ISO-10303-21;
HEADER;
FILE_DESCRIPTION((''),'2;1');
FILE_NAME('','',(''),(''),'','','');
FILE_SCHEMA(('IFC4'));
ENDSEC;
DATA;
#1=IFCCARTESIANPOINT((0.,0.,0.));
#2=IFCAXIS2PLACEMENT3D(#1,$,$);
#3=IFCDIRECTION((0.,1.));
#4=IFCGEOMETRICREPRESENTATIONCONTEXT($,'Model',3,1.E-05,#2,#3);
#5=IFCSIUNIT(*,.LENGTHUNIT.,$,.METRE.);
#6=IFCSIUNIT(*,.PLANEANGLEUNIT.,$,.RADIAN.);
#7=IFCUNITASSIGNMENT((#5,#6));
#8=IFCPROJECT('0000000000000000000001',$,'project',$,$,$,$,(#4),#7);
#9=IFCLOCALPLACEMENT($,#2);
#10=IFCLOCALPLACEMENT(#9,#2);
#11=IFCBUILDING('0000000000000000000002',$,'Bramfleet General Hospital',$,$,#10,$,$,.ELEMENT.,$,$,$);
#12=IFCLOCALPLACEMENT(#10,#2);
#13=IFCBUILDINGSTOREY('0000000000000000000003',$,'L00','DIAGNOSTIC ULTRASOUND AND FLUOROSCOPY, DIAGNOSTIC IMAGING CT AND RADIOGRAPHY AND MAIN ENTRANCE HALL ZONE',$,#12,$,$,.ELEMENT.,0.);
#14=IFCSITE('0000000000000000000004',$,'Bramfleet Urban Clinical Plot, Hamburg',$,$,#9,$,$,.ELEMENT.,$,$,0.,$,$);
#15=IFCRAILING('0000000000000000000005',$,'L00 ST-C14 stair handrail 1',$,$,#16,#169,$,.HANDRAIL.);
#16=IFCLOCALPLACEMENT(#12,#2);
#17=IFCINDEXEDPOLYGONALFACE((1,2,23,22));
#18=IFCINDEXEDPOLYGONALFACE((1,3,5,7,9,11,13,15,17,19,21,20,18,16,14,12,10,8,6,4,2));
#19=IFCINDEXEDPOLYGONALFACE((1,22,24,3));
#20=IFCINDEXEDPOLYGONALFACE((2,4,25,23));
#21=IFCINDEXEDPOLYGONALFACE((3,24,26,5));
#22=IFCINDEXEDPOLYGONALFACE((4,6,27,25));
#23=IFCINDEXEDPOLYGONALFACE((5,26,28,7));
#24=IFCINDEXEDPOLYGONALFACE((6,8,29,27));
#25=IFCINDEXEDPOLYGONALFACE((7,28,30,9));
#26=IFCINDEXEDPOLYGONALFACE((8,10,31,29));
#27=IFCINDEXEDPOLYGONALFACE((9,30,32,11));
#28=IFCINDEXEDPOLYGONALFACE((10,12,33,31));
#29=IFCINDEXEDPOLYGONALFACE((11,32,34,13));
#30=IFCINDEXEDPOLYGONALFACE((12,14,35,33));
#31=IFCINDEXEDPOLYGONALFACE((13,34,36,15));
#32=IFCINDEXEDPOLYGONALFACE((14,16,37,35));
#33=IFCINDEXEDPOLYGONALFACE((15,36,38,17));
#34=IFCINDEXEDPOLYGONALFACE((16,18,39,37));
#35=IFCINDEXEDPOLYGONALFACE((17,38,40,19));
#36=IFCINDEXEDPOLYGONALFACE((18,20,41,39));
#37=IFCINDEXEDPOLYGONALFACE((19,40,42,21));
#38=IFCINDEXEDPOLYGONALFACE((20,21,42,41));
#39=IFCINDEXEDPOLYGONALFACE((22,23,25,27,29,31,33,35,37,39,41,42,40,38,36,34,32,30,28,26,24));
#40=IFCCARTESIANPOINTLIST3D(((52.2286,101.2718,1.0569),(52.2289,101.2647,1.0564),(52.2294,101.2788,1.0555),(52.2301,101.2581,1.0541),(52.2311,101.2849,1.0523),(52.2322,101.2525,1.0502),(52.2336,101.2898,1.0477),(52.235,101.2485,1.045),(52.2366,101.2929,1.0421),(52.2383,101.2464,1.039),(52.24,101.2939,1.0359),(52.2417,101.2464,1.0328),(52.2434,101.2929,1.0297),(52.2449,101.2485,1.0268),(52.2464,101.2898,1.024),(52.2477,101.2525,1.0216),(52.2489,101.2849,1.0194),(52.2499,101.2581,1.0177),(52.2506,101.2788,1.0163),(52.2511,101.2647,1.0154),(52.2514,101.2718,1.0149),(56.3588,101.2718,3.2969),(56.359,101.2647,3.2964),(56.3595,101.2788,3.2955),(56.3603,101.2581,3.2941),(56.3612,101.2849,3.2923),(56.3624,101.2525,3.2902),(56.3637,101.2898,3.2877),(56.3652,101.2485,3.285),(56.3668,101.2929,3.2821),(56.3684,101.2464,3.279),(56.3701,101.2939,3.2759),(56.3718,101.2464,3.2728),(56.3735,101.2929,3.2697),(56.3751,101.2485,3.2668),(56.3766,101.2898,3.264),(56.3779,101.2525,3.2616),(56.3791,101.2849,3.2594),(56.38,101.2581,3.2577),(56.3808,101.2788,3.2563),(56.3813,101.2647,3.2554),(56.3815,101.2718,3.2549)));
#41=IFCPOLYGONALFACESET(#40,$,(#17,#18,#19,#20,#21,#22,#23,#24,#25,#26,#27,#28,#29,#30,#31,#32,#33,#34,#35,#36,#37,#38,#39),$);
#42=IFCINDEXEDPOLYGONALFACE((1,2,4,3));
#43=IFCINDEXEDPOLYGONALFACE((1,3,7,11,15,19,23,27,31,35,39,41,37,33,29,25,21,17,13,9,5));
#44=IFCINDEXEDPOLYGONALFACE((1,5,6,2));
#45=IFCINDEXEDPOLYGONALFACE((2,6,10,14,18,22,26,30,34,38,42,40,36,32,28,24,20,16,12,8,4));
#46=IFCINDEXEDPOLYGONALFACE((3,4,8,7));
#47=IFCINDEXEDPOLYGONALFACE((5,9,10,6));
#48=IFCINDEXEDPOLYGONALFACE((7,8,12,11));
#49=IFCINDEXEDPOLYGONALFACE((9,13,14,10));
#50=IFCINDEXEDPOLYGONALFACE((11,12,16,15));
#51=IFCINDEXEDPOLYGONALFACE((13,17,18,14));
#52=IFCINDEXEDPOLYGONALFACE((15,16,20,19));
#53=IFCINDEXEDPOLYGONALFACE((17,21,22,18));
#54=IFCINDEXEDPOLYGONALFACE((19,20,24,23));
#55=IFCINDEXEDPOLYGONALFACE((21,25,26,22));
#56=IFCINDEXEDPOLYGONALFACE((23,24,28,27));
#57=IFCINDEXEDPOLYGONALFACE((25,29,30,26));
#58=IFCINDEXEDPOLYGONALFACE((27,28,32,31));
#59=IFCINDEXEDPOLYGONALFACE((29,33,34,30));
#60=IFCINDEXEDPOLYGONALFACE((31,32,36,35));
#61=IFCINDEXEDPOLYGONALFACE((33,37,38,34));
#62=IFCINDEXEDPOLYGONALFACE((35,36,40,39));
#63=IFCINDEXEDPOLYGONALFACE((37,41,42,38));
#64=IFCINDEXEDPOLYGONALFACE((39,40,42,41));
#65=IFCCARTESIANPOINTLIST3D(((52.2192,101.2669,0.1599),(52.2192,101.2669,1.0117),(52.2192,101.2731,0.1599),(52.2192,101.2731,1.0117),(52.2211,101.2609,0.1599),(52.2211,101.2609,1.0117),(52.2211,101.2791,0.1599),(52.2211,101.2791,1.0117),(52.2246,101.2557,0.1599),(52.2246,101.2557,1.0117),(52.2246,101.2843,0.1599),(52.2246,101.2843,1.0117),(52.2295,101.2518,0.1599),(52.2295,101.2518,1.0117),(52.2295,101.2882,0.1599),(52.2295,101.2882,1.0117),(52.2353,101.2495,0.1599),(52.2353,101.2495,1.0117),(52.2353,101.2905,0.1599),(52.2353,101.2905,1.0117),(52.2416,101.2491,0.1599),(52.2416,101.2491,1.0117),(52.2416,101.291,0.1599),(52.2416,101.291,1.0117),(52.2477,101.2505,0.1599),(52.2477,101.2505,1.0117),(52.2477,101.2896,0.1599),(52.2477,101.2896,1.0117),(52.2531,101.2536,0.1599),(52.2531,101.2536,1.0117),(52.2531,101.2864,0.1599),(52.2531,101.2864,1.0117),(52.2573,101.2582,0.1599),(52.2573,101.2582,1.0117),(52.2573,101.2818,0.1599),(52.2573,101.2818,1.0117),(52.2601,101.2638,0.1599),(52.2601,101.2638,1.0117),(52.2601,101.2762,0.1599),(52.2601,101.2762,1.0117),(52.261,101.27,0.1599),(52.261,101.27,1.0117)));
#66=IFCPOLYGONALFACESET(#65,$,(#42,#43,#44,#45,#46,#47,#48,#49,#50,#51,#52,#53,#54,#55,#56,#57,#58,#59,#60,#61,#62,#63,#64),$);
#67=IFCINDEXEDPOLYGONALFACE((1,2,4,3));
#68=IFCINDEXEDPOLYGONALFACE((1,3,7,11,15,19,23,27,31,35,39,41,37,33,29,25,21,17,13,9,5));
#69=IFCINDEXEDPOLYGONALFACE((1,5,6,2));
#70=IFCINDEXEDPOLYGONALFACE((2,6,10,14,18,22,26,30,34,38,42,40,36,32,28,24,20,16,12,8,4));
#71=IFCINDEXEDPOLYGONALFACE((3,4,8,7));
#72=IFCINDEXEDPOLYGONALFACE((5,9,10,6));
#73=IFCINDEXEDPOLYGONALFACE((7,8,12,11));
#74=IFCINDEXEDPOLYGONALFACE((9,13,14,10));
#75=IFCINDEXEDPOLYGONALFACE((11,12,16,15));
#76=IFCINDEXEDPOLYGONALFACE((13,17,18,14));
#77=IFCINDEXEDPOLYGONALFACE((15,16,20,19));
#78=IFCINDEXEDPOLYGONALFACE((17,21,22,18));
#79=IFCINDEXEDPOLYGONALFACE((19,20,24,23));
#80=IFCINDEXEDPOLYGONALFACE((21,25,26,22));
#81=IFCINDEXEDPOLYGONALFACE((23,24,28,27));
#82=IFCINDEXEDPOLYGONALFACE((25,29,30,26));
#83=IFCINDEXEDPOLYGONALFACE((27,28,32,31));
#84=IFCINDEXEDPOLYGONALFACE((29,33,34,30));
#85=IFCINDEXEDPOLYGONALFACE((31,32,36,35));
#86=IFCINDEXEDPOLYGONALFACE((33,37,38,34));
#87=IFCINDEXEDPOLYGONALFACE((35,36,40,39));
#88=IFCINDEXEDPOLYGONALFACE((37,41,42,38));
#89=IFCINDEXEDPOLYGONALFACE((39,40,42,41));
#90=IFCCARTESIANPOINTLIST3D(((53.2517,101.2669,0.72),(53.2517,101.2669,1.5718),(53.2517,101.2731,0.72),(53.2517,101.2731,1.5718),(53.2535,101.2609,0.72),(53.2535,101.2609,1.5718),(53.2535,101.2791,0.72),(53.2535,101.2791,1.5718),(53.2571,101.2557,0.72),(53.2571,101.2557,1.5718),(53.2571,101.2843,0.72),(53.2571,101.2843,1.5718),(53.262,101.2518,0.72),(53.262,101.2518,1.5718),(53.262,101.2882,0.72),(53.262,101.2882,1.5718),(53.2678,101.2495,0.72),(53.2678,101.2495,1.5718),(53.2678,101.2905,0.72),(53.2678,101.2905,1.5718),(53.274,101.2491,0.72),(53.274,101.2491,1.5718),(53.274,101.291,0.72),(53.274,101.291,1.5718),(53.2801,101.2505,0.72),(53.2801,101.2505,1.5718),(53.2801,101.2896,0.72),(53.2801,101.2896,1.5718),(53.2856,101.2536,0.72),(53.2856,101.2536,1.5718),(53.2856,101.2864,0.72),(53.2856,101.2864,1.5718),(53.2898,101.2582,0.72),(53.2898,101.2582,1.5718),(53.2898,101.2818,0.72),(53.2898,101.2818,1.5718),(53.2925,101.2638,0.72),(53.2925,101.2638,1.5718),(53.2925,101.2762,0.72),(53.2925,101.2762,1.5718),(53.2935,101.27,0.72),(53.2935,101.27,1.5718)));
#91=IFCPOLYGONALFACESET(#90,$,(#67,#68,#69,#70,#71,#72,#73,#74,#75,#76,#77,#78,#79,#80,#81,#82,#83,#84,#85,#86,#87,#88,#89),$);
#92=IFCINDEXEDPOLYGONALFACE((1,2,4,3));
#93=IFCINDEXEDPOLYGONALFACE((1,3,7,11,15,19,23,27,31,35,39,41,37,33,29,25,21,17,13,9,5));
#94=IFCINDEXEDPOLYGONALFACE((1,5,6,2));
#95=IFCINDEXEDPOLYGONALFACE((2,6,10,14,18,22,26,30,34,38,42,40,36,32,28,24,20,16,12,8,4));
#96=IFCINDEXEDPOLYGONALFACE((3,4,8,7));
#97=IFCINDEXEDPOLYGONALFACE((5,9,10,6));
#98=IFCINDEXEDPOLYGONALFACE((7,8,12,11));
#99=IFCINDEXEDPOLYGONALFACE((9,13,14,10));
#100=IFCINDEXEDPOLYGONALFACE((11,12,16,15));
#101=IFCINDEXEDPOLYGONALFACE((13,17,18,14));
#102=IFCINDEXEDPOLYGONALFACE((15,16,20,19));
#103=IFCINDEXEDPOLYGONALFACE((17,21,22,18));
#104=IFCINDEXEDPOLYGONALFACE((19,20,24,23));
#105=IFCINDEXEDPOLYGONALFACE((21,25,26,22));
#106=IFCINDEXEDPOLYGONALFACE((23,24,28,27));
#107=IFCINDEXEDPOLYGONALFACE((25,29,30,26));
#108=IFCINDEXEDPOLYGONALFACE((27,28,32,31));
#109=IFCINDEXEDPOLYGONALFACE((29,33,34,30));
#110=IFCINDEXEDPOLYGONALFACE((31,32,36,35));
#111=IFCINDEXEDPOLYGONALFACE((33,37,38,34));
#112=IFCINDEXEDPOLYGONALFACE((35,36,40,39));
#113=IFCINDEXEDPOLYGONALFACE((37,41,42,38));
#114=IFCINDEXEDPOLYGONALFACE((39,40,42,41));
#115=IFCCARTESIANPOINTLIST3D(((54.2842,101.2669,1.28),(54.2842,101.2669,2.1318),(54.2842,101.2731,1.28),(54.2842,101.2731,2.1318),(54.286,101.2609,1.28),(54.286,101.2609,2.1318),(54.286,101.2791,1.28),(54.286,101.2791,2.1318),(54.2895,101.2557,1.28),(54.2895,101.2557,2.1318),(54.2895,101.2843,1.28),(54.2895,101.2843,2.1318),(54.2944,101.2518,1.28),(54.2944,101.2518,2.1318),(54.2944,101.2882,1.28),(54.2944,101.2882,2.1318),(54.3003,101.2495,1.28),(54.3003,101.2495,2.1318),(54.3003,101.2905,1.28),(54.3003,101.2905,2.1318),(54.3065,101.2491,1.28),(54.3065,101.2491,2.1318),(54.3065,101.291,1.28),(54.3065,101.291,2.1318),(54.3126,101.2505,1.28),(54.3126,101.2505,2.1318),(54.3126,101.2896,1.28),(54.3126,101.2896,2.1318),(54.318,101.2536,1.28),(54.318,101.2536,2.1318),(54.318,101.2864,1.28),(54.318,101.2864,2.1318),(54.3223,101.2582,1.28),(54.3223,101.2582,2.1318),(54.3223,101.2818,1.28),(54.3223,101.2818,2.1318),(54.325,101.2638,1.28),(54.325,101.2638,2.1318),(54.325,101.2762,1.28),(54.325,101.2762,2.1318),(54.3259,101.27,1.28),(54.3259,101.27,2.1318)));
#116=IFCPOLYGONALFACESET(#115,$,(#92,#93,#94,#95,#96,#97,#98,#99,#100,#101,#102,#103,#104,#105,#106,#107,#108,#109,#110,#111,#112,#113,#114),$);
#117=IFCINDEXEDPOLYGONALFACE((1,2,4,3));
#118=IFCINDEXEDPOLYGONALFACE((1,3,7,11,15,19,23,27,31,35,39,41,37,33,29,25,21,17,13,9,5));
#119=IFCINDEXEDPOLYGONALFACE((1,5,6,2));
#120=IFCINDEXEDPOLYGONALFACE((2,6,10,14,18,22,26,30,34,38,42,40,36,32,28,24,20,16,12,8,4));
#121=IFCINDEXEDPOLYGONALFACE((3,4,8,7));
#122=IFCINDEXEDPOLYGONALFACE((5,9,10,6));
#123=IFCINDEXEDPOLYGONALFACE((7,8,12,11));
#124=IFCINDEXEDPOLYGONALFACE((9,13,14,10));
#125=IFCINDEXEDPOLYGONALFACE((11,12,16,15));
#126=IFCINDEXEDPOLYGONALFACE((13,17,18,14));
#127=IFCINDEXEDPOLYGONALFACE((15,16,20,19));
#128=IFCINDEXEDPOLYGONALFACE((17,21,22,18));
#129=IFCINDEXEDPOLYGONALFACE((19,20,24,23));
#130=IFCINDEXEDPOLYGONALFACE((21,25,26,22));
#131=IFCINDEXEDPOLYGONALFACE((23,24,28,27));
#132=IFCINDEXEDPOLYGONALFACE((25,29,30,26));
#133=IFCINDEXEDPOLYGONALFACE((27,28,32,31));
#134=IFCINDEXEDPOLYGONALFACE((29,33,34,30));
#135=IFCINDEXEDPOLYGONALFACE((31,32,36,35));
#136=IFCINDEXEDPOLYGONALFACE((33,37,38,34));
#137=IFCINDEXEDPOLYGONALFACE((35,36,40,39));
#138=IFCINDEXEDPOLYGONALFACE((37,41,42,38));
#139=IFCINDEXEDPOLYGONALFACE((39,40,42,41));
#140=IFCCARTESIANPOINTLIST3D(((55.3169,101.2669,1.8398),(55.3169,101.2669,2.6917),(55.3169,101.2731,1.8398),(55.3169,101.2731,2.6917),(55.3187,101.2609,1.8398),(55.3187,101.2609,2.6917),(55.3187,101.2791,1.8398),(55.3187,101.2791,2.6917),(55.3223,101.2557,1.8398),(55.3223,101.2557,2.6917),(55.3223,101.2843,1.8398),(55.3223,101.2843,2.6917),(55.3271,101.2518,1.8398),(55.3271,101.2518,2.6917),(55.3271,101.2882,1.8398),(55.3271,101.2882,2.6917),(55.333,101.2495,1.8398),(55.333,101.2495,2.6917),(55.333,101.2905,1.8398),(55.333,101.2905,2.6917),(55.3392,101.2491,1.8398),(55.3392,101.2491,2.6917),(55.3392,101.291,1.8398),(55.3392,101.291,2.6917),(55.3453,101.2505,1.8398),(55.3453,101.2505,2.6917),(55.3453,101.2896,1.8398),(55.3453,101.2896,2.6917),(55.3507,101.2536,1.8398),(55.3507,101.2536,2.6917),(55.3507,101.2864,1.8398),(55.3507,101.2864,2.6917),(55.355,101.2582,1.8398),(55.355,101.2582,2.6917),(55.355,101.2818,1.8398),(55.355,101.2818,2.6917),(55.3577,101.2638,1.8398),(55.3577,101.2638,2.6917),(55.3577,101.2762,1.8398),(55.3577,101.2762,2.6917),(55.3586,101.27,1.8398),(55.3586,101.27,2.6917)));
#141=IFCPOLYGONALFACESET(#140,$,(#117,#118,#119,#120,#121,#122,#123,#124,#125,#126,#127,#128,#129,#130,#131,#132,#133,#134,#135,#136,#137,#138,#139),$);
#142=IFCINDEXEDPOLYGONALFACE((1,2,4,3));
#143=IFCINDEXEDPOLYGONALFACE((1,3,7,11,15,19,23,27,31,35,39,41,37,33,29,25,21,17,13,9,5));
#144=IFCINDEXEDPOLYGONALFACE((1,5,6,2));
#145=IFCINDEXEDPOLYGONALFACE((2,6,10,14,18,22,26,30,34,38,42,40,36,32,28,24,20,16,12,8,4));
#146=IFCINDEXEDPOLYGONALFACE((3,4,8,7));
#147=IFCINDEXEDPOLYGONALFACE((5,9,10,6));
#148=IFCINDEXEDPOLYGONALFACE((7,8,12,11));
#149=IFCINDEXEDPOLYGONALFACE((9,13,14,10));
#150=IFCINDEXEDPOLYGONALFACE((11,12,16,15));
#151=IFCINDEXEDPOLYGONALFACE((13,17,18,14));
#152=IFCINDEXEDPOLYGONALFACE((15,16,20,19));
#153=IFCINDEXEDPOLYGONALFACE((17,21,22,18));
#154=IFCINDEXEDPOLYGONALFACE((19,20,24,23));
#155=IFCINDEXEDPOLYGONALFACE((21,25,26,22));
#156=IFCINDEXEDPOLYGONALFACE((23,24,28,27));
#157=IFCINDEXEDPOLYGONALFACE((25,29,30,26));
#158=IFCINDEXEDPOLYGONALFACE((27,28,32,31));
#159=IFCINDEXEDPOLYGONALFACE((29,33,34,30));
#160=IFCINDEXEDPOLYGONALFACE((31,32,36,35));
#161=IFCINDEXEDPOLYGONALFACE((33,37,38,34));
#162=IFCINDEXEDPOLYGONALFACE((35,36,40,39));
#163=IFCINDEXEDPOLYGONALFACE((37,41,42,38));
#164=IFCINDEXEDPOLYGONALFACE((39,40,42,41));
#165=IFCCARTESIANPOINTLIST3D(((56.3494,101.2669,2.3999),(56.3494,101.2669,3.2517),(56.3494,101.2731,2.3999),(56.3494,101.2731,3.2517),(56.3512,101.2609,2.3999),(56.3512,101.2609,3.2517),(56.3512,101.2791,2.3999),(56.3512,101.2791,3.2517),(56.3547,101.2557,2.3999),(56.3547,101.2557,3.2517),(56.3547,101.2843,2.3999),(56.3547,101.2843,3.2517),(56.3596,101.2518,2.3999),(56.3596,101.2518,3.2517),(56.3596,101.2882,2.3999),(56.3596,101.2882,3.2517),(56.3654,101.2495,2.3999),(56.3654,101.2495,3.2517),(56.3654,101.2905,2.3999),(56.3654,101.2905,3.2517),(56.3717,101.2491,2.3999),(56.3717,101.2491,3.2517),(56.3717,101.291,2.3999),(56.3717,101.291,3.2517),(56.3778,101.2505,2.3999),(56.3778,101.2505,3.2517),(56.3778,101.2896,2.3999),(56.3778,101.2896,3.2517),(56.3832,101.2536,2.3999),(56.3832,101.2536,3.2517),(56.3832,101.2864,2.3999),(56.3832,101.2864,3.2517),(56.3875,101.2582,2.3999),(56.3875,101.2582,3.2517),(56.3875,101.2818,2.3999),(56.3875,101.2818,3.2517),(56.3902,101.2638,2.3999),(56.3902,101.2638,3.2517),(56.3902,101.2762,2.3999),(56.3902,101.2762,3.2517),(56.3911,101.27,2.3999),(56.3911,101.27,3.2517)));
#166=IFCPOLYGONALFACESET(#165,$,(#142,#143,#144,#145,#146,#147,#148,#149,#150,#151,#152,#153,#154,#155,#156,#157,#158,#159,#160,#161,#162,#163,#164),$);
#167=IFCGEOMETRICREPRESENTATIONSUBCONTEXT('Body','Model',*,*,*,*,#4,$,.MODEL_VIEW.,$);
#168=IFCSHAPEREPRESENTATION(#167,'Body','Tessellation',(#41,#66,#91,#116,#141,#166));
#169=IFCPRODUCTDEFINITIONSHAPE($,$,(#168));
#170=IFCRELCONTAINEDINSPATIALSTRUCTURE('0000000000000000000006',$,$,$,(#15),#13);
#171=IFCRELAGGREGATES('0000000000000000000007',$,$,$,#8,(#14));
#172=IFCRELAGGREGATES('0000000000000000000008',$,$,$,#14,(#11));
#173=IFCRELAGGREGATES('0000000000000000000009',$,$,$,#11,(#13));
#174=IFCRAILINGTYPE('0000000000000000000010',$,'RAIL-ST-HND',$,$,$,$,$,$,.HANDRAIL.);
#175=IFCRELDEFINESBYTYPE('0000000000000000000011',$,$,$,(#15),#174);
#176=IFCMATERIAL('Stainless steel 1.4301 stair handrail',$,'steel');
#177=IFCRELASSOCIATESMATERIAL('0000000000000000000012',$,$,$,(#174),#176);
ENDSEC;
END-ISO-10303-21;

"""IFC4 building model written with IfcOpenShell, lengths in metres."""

from ifc_helpers import new_model, si_unit, direction, frame, origin, origin_2d, place, context, subcontext, project, spatial, circle, extrude, material, type_object, element, save


model = new_model("IFC4")

# Units and contexts
model_context = context("Model", 3, precision=1e-05, world=origin(), true_north=direction((0.0, 1.0)))
body_context = subcontext(model_context, "Body", "Model", "MODEL_VIEW")
ifc_project = project(units=[si_unit("LENGTHUNIT", "METRE"), si_unit("PLANEANGLEUNIT", "RADIAN")], contexts=[model_context])

# Site, building, storey
site_placement = place(None, origin())
site = spatial("IfcSite", under=ifc_project, at=site_placement, Name="Bramfleet Urban Clinical Plot, Hamburg", CompositionType="ELEMENT", RefElevation=0.0)
building_placement = place(site_placement, origin())
building = spatial("IfcBuilding", under=site, at=building_placement, Name="Bramfleet General Hospital", CompositionType="ELEMENT")
storey_placement = place(building_placement, origin())
storey = spatial("IfcBuildingStorey", under=building, at=storey_placement, Name="L00", Description="DIAGNOSTIC ULTRASOUND AND FLUOROSCOPY, DIAGNOSTIC IMAGING CT AND RADIOGRAPHY AND MAIN ENTRANCE HALL ZONE", CompositionType="ELEMENT", Elevation=0.0)

# Railing
ifc_material_1 = material(Name="Stainless steel 1.4301 stair handrail", Category="steel")
railing_type_1 = type_object("IfcRailingType", Name="RAIL-ST-HND", PredefinedType="HANDRAIL", material=ifc_material_1)
railing_1_placement = place(storey_placement, frame((52.24, 101.27, 0.1599)))
element("IfcRailing", 1, at=railing_1_placement, inside=storey, type_object=railing_type_1, Name="L00 ST-C14 stair handrail 1", PredefinedType="HANDRAIL", context=body_context, shape_type="SweptSolid", body=[
    extrude(circle(Radius=0.0239, at=origin_2d()), frame((0.0, 0.0, 0.876), z_axis=(0.879039, 0.0, 0.47675), x_axis=(0.0, 1.0, 0.0)), (0.0, 0.0, 1.0), 4.6985),
    extrude(circle(Radius=0.021, at=origin_2d()), origin(), (0.0, 0.0, 1.0), 0.8518),
    extrude(circle(Radius=0.021, at=origin_2d()), frame((1.0325, 0.0, 0.5601)), (0.0, 0.0, 1.0), 0.8518),
    extrude(circle(Radius=0.021, at=origin_2d()), frame((2.0649, 0.0, 1.1201)), (0.0, 0.0, 1.0), 0.8518),
    extrude(circle(Radius=0.021, at=origin_2d()), frame((3.0977, 0.0, 1.6799)), (0.0, 0.0, 1.0), 0.8518),
    extrude(circle(Radius=0.021, at=origin_2d()), frame((4.1301, 0.0, 2.24)), (0.0, 0.0, 1.0), 0.8518),
])

save(model, "model.ifc")
